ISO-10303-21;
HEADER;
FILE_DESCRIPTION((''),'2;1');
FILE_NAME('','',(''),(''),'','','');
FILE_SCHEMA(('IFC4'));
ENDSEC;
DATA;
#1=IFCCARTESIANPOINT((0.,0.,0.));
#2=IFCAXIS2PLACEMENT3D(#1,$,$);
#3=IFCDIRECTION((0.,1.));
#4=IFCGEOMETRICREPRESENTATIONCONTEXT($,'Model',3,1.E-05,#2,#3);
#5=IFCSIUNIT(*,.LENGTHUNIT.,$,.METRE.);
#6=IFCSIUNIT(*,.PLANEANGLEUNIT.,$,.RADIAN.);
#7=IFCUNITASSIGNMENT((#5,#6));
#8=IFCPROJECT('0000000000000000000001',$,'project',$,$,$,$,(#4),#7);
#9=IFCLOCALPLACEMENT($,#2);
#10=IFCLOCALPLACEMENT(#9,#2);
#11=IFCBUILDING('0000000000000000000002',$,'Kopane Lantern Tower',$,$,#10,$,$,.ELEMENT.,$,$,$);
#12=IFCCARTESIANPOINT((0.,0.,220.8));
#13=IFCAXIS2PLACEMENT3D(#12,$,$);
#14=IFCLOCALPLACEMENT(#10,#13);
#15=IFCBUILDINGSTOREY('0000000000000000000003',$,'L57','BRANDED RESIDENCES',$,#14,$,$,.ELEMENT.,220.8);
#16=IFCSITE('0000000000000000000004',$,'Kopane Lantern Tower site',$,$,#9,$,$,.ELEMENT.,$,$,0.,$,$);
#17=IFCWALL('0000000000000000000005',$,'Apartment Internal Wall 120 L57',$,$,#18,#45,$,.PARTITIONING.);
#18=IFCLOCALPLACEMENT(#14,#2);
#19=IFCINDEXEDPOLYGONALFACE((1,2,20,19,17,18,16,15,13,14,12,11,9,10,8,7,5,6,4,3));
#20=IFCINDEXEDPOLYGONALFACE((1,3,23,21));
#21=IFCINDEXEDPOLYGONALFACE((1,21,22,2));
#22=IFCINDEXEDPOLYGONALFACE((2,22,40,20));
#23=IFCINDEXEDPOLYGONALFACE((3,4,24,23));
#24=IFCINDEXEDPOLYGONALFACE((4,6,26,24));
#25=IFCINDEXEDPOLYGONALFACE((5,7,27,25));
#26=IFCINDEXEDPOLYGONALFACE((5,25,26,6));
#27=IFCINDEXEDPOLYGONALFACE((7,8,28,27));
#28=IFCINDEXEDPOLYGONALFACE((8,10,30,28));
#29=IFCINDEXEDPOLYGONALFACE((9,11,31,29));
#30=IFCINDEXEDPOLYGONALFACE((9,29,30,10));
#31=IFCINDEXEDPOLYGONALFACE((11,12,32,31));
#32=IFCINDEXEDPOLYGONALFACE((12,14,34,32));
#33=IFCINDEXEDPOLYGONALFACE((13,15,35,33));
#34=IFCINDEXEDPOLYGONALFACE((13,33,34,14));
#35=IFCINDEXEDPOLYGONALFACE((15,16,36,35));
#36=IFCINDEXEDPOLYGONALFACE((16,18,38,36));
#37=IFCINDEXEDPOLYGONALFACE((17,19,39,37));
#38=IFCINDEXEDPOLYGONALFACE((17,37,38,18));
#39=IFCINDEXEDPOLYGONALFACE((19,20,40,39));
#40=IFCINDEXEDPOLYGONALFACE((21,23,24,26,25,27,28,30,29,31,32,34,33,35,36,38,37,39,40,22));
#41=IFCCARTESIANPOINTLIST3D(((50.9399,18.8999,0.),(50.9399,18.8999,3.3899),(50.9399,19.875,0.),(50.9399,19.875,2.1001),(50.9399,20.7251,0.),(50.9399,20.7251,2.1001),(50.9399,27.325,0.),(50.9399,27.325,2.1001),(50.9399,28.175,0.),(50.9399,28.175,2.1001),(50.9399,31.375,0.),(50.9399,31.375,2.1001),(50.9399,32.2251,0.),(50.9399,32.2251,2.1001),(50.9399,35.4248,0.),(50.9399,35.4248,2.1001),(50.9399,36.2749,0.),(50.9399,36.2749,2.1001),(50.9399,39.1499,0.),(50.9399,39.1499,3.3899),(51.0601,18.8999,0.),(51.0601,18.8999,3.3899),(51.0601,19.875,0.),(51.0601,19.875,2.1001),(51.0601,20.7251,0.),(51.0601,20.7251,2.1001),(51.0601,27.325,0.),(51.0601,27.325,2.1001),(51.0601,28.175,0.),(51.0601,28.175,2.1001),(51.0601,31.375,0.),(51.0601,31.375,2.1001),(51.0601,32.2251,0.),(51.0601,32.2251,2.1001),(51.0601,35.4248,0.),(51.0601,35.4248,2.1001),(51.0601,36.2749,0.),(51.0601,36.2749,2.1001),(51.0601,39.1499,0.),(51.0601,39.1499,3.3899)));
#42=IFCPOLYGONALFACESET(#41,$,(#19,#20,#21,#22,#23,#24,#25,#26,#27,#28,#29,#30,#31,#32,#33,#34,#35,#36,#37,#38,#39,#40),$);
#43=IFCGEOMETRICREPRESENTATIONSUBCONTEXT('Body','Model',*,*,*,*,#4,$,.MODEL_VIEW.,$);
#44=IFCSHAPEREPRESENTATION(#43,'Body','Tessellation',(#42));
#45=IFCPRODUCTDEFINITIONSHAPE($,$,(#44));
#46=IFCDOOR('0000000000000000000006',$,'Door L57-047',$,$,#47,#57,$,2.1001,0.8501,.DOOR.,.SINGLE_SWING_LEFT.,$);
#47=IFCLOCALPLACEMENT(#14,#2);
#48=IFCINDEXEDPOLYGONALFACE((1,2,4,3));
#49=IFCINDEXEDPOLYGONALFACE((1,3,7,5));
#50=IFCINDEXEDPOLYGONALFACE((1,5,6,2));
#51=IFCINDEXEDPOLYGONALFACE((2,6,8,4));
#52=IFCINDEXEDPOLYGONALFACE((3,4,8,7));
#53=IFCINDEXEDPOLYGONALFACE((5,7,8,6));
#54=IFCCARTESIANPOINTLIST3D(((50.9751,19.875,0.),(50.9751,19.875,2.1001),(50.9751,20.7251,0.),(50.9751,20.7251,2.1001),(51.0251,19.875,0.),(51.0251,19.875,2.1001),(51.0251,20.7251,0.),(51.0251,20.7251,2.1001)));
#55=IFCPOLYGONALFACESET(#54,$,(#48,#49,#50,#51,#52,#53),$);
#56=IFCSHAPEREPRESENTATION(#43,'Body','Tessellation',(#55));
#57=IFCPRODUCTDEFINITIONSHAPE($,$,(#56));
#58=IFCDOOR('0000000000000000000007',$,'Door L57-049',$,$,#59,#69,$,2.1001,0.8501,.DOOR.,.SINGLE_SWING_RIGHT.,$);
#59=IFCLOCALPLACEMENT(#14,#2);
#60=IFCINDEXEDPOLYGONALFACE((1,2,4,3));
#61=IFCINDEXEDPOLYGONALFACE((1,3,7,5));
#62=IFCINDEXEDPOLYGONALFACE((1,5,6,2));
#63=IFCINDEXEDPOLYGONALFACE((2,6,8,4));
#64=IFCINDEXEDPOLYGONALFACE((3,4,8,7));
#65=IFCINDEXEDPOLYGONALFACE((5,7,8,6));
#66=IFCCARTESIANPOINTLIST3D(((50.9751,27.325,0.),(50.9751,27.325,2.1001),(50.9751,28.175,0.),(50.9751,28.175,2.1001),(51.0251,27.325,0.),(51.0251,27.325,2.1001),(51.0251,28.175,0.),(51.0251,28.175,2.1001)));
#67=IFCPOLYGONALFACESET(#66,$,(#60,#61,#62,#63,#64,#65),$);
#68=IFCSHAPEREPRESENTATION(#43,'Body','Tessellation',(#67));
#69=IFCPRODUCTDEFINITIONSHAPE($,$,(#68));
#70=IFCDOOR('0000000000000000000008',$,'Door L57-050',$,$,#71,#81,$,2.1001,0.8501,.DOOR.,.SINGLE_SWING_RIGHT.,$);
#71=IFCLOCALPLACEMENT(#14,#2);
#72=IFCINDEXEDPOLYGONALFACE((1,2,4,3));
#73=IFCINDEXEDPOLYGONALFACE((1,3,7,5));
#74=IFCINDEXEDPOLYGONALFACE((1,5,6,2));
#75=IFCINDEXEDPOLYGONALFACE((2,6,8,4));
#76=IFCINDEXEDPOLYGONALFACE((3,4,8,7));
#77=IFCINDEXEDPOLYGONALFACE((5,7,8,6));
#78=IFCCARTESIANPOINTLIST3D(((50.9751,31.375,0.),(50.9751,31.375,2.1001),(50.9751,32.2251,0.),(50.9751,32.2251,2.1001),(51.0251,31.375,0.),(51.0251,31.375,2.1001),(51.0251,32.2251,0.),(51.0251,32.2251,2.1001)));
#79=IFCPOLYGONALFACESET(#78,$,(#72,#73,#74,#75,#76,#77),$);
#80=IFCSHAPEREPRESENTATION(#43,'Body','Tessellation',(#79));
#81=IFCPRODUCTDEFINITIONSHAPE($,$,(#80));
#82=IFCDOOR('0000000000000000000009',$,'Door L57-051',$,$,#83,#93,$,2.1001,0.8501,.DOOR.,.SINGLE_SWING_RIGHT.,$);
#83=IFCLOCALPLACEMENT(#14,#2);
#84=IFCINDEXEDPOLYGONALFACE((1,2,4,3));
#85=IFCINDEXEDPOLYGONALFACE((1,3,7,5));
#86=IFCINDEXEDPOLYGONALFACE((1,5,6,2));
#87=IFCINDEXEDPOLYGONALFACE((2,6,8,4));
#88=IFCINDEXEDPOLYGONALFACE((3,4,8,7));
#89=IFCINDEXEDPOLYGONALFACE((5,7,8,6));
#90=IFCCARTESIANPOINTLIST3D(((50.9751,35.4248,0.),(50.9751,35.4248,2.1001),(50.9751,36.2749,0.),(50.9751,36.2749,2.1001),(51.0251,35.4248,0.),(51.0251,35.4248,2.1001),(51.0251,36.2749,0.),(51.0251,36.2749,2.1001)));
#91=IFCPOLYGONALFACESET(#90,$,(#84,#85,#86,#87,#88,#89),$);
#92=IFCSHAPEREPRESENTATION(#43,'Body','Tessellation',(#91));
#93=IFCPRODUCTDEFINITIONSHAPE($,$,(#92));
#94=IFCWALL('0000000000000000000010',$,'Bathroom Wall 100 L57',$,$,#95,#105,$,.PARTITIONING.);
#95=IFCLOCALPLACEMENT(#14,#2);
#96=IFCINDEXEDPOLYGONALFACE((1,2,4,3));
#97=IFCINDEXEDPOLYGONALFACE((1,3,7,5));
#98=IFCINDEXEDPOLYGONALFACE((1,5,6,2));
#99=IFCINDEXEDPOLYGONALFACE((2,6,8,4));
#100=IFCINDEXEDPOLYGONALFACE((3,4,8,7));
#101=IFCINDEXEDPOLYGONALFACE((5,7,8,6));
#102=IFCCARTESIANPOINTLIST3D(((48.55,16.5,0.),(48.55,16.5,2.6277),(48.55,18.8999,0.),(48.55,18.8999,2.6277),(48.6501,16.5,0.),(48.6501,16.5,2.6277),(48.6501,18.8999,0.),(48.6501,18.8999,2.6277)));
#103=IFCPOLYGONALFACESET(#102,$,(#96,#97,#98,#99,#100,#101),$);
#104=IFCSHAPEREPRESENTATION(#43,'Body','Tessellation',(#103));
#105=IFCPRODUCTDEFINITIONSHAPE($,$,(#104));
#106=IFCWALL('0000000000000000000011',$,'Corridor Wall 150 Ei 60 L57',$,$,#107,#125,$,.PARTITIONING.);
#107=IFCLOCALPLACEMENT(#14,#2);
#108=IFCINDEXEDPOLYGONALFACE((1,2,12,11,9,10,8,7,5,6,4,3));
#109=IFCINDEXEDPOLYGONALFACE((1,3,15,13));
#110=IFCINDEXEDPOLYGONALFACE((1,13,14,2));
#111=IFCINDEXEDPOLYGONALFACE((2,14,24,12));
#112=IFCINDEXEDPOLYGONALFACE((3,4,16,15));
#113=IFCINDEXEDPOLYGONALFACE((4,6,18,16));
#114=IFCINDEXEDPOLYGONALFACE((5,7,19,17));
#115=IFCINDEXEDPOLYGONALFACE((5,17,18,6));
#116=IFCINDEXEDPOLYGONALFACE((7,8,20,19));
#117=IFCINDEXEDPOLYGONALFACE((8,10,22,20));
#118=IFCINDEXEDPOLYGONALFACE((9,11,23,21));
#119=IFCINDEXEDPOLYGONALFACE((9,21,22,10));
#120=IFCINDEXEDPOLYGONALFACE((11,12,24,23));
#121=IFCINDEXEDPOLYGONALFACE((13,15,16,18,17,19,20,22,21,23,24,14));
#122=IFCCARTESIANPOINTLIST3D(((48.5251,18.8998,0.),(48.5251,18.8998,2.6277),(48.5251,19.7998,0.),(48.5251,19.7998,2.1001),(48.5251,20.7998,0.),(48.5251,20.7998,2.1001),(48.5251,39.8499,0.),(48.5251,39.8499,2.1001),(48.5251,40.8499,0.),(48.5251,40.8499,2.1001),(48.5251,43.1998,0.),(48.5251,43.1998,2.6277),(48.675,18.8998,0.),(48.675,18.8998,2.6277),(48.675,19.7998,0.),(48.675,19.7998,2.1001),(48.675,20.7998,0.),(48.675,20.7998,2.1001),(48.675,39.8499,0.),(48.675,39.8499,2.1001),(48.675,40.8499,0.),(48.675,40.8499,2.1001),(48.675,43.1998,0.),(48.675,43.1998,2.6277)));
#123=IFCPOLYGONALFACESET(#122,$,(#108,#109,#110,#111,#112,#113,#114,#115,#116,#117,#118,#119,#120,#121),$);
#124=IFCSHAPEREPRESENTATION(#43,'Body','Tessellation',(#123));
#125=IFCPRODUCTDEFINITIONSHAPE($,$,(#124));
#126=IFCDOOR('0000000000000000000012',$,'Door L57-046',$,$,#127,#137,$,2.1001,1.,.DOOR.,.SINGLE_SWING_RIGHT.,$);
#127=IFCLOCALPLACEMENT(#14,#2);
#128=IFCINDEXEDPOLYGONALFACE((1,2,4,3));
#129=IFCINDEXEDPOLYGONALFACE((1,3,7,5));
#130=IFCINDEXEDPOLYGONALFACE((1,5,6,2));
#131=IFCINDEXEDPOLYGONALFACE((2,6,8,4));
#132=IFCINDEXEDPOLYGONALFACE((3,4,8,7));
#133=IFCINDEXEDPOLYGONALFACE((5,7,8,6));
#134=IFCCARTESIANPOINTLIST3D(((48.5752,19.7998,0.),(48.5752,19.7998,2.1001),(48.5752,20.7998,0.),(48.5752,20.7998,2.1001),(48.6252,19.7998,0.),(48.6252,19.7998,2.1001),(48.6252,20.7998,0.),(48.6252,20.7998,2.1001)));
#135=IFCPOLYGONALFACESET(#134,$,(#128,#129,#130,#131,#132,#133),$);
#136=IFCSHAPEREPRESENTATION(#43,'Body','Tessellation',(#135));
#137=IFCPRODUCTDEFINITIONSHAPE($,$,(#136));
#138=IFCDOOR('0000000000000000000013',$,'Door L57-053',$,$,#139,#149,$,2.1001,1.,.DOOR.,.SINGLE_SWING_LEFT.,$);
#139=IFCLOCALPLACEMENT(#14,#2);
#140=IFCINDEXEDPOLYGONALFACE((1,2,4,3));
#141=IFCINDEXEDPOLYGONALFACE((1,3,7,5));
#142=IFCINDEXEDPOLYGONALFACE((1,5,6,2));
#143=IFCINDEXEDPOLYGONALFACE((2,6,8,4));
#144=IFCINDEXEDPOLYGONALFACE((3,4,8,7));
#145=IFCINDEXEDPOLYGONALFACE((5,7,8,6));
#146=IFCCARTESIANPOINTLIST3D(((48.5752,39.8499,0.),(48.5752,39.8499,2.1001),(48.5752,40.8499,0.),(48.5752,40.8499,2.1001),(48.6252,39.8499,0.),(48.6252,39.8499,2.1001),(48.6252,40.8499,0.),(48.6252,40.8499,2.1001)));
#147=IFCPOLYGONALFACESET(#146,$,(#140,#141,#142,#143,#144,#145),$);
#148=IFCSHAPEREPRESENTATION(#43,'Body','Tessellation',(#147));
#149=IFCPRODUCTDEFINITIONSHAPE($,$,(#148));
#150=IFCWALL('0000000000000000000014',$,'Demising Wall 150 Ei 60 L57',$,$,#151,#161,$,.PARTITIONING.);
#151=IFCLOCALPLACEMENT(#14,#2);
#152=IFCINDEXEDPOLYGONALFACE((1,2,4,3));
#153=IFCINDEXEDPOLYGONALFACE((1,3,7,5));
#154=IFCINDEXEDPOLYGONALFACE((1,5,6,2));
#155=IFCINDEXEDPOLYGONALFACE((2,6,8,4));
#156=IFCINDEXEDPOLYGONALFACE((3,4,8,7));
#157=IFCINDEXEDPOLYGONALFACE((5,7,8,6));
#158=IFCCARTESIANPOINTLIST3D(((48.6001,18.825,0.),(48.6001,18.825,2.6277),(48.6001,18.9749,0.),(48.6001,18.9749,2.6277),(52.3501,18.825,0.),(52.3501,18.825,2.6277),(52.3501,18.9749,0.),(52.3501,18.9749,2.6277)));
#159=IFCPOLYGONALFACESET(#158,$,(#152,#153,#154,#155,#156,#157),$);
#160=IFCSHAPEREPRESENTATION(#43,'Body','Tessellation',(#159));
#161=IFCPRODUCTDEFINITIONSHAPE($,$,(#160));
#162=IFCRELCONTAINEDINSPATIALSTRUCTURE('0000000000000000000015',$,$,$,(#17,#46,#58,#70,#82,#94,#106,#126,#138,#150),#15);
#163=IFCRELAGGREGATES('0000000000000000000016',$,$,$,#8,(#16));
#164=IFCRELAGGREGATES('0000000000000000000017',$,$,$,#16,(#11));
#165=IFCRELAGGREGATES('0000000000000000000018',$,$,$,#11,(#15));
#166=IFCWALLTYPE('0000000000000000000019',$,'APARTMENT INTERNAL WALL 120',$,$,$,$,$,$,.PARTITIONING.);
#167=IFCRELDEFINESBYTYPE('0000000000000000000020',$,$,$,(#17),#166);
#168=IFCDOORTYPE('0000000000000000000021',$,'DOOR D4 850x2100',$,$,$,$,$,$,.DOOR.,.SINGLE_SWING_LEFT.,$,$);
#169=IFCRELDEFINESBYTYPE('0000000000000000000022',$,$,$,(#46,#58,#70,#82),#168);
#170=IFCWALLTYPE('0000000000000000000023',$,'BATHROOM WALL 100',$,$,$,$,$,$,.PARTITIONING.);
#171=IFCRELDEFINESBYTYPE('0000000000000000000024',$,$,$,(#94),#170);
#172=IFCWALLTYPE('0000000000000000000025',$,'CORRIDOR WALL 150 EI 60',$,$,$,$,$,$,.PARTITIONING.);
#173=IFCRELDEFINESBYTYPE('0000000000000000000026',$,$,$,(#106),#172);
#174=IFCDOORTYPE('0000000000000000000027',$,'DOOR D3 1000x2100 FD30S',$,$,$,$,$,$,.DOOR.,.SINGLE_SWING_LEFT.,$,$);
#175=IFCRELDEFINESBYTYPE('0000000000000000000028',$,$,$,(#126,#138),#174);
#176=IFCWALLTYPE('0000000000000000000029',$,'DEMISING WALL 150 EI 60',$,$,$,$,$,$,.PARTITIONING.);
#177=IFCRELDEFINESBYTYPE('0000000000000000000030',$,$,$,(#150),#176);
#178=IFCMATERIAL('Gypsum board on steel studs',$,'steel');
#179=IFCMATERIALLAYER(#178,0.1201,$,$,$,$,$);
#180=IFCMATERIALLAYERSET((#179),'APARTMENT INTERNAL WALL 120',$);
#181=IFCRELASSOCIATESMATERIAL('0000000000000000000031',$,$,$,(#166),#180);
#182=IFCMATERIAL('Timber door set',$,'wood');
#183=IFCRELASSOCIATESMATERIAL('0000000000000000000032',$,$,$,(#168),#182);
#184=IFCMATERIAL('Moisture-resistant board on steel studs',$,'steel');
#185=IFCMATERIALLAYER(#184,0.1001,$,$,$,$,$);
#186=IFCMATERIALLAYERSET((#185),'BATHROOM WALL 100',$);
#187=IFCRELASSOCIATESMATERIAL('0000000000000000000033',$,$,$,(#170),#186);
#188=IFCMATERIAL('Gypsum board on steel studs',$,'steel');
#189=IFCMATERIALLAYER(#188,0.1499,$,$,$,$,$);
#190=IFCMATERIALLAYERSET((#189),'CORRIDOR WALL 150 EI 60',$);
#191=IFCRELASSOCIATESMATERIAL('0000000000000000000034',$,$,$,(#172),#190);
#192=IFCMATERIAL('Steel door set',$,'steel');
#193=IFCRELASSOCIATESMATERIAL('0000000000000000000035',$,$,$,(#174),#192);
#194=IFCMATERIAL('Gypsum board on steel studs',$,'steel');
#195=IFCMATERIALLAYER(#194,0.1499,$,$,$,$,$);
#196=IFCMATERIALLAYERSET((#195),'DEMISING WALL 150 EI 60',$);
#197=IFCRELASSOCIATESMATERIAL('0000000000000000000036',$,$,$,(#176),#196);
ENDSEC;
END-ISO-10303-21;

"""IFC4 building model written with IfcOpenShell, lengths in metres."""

from ifc_helpers import new_model, si_unit, direction, frame, frame_2d, origin, place, context, subcontext, project, spatial, rectangle, extrude, material, layer, layer_set, type_object, element, fill, save


model = new_model("IFC4")

# Units and contexts
model_context = context("Model", 3, precision=1e-05, world=origin(), true_north=direction((0.0, 1.0)))
body_context = subcontext(model_context, "Body", "Model", "MODEL_VIEW")
ifc_project = project(units=[si_unit("LENGTHUNIT", "METRE"), si_unit("PLANEANGLEUNIT", "RADIAN")], contexts=[model_context])

# Site, building, storey
site_placement = place(None, origin())
site = spatial("IfcSite", under=ifc_project, at=site_placement, Name="Kopane Lantern Tower site", CompositionType="ELEMENT", RefElevation=0.0)
building_placement = place(site_placement, origin())
building = spatial("IfcBuilding", under=site, at=building_placement, Name="Kopane Lantern Tower", CompositionType="ELEMENT")
storey_placement = place(building_placement, frame((0.0, 0.0, 220.8)))
storey = spatial("IfcBuildingStorey", under=building, at=storey_placement, Name="L57", Description="BRANDED RESIDENCES", CompositionType="ELEMENT", Elevation=220.8)

# Wall, openings, doors
ifc_material_1 = material(Name="Gypsum board on steel studs", Category="steel")
ifc_layer_1 = layer(ifc_material_1, 0.1201)
ifc_layer_set_1 = layer_set([ifc_layer_1], Name="APARTMENT INTERNAL WALL 120")
wall_type_1 = type_object("IfcWallType", Name="APARTMENT INTERNAL WALL 120", PredefinedType="PARTITIONING", material=ifc_layer_set_1)
wall_1_placement = place(storey_placement, frame((51.0, 18.8999, 0.0), z_axis=(0.0, 0.0, 1.0), x_axis=(0.0, 1.0, 0.0)))
wall_1 = element("IfcWall", 1, at=wall_1_placement, inside=storey, type_object=wall_type_1, Name="Apartment Internal Wall 120 L57", PredefinedType="PARTITIONING", context=body_context, shape_type="SweptSolid", body=[
    extrude(rectangle(XDim=20.25, YDim=0.1201, at=frame_2d((10.125, 0.0))), origin(), (0.0, 0.0, 1.0), 3.3899),
])
opening_1_placement = place(wall_1_placement, frame((0.9751, 0.0, 0.0)))
opening_1 = element("IfcOpeningElement", 2, at=opening_1_placement, cuts=wall_1, PredefinedType="OPENING", context=body_context, shape_type="SweptSolid", body=[
    extrude(rectangle(XDim=0.8501, YDim=2.1001, at=frame_2d((0.425, 1.05))), frame((0.0, 0.0701, 0.0), z_axis=(0.0, -1.0, 0.0), x_axis=(1.0, 0.0, 0.0)), (0.0, 0.0, 1.0), 0.1401),
])
opening_2_placement = place(wall_1_placement, frame((8.425, 0.0, 0.0)))
opening_2 = element("IfcOpeningElement", 3, at=opening_2_placement, cuts=wall_1, PredefinedType="OPENING", context=body_context, shape_type="SweptSolid", body=[
    extrude(rectangle(XDim=0.8501, YDim=2.1001, at=frame_2d((0.425, 1.05))), frame((0.0, 0.0701, 0.0), z_axis=(0.0, -1.0, 0.0), x_axis=(1.0, 0.0, 0.0)), (0.0, 0.0, 1.0), 0.1401),
])
opening_3_placement = place(wall_1_placement, frame((12.4751, 0.0, 0.0)))
opening_3 = element("IfcOpeningElement", 4, at=opening_3_placement, cuts=wall_1, PredefinedType="OPENING", context=body_context, shape_type="SweptSolid", body=[
    extrude(rectangle(XDim=0.8501, YDim=2.1001, at=frame_2d((0.425, 1.05))), frame((0.0, 0.0701, 0.0), z_axis=(0.0, -1.0, 0.0), x_axis=(1.0, 0.0, 0.0)), (0.0, 0.0, 1.0), 0.1401),
])
opening_4_placement = place(wall_1_placement, frame((16.5249, 0.0, 0.0)))
opening_4 = element("IfcOpeningElement", 5, at=opening_4_placement, cuts=wall_1, PredefinedType="OPENING", context=body_context, shape_type="SweptSolid", body=[
    extrude(rectangle(XDim=0.8501, YDim=2.1001, at=frame_2d((0.425, 1.05))), frame((0.0, 0.0701, 0.0), z_axis=(0.0, -1.0, 0.0), x_axis=(1.0, 0.0, 0.0)), (0.0, 0.0, 1.0), 0.1401),
])
ifc_material_2 = material(Name="Timber door set", Category="wood")
door_type_1 = type_object("IfcDoorType", Name="DOOR D4 850x2100", OperationType="SINGLE_SWING_LEFT", PredefinedType="DOOR", material=ifc_material_2)
door_1_placement = place(opening_1_placement, origin())
door_1 = element("IfcDoor", 6, at=door_1_placement, inside=storey, type_object=door_type_1, Name="Door L57-047", OperationType="SINGLE_SWING_LEFT", OverallHeight=2.1001, OverallWidth=0.8501, PredefinedType="DOOR", context=body_context, shape_type="SweptSolid", body=[
    extrude(rectangle(XDim=0.8501, YDim=2.1001, at=frame_2d((0.425, 1.05))), frame((0.0, 0.0249, 0.0), z_axis=(0.0, -1.0, 0.0), x_axis=(1.0, 0.0, 0.0)), (0.0, 0.0, 1.0), 0.05),
])
fill(opening_1, door_1)
door_2_placement = place(opening_2_placement, origin())
door_2 = element("IfcDoor", 7, at=door_2_placement, inside=storey, type_object=door_type_1, Name="Door L57-049", OperationType="SINGLE_SWING_RIGHT", OverallHeight=2.1001, OverallWidth=0.8501, PredefinedType="DOOR", context=body_context, shape_type="SweptSolid", body=[
    extrude(rectangle(XDim=0.8501, YDim=2.1001, at=frame_2d((0.425, 1.05))), frame((0.0, 0.0249, 0.0), z_axis=(0.0, -1.0, 0.0), x_axis=(1.0, 0.0, 0.0)), (0.0, 0.0, 1.0), 0.05),
])
fill(opening_2, door_2)
door_3_placement = place(opening_3_placement, origin())
door_3 = element("IfcDoor", 8, at=door_3_placement, inside=storey, type_object=door_type_1, Name="Door L57-050", OperationType="SINGLE_SWING_RIGHT", OverallHeight=2.1001, OverallWidth=0.8501, PredefinedType="DOOR", context=body_context, shape_type="SweptSolid", body=[
    extrude(rectangle(XDim=0.8501, YDim=2.1001, at=frame_2d((0.425, 1.05))), frame((0.0, 0.0249, 0.0), z_axis=(0.0, -1.0, 0.0), x_axis=(1.0, 0.0, 0.0)), (0.0, 0.0, 1.0), 0.05),
])
fill(opening_3, door_3)
door_4_placement = place(opening_4_placement, origin())
door_4 = element("IfcDoor", 9, at=door_4_placement, inside=storey, type_object=door_type_1, Name="Door L57-051", OperationType="SINGLE_SWING_RIGHT", OverallHeight=2.1001, OverallWidth=0.8501, PredefinedType="DOOR", context=body_context, shape_type="SweptSolid", body=[
    extrude(rectangle(XDim=0.8501, YDim=2.1001, at=frame_2d((0.425, 1.05))), frame((0.0, 0.0249, 0.0), z_axis=(0.0, -1.0, 0.0), x_axis=(1.0, 0.0, 0.0)), (0.0, 0.0, 1.0), 0.05),
])
fill(opening_4, door_4)

# Wall
ifc_material_3 = material(Name="Moisture-resistant board on steel studs", Category="steel")
ifc_layer_2 = layer(ifc_material_3, 0.1001)
ifc_layer_set_2 = layer_set([ifc_layer_2], Name="BATHROOM WALL 100")
wall_type_2 = type_object("IfcWallType", Name="BATHROOM WALL 100", PredefinedType="PARTITIONING", material=ifc_layer_set_2)
wall_2_placement = place(storey_placement, frame((48.6001, 18.8999, 0.0), z_axis=(0.0, 0.0, 1.0), x_axis=(0.0, -1.0, 0.0)))
element("IfcWall", 10, at=wall_2_placement, inside=storey, type_object=wall_type_2, Name="Bathroom Wall 100 L57", PredefinedType="PARTITIONING", context=body_context, shape_type="SweptSolid", body=[
    extrude(rectangle(XDim=2.3999, YDim=0.1001, at=frame_2d((1.2, 0.0))), origin(), (0.0, 0.0, 1.0), 2.6277),
])

# Wall, openings, doors
ifc_material_4 = material(Name="Gypsum board on steel studs", Category="steel")
ifc_layer_3 = layer(ifc_material_4, 0.1499)
ifc_layer_set_3 = layer_set([ifc_layer_3], Name="CORRIDOR WALL 150 EI 60")
wall_type_3 = type_object("IfcWallType", Name="CORRIDOR WALL 150 EI 60", PredefinedType="PARTITIONING", material=ifc_layer_set_3)
wall_3_placement = place(storey_placement, frame((48.6001, 18.8999, 0.0), z_axis=(0.0, 0.0, 1.0), x_axis=(0.0, 1.0, 0.0)))
wall_3 = element("IfcWall", 11, at=wall_3_placement, inside=storey, type_object=wall_type_3, Name="Corridor Wall 150 Ei 60 L57", PredefinedType="PARTITIONING", context=body_context, shape_type="SweptSolid", body=[
    extrude(rectangle(XDim=24.3, YDim=0.1499, at=frame_2d((12.1499, 0.0))), origin(), (0.0, 0.0, 1.0), 2.6277),
])
opening_5_placement = place(wall_3_placement, frame((0.8999, 0.0, 0.0)))
opening_5 = element("IfcOpeningElement", 12, at=opening_5_placement, cuts=wall_3, PredefinedType="OPENING", context=body_context, shape_type="SweptSolid", body=[
    extrude(rectangle(XDim=1.0, YDim=2.1001, at=frame_2d((0.5, 1.05))), frame((0.0, 0.085, 0.0), z_axis=(0.0, -1.0, 0.0), x_axis=(1.0, 0.0, 0.0)), (0.0, 0.0, 1.0), 0.1699),
])
opening_6_placement = place(wall_3_placement, frame((20.95, 0.0, 0.0)))
opening_6 = element("IfcOpeningElement", 13, at=opening_6_placement, cuts=wall_3, PredefinedType="OPENING", context=body_context, shape_type="SweptSolid", body=[
    extrude(rectangle(XDim=1.0, YDim=2.1001, at=frame_2d((0.5, 1.05))), frame((0.0, 0.085, 0.0), z_axis=(0.0, -1.0, 0.0), x_axis=(1.0, 0.0, 0.0)), (0.0, 0.0, 1.0), 0.1699),
])
ifc_material_5 = material(Name="Steel door set", Category="steel")
door_type_2 = type_object("IfcDoorType", Name="DOOR D3 1000x2100 FD30S", OperationType="SINGLE_SWING_LEFT", PredefinedType="DOOR", material=ifc_material_5)
door_5_placement = place(opening_5_placement, origin())
door_5 = element("IfcDoor", 14, at=door_5_placement, inside=storey, type_object=door_type_2, Name="Door L57-046", OperationType="SINGLE_SWING_RIGHT", OverallHeight=2.1001, OverallWidth=1.0, PredefinedType="DOOR", context=body_context, shape_type="SweptSolid", body=[
    extrude(rectangle(XDim=1.0, YDim=2.1001, at=frame_2d((0.5, 1.05))), frame((0.0, 0.0249, 0.0), z_axis=(0.0, -1.0, 0.0), x_axis=(1.0, 0.0, 0.0)), (0.0, 0.0, 1.0), 0.05),
])
fill(opening_5, door_5)
door_6_placement = place(opening_6_placement, origin())
door_6 = element("IfcDoor", 15, at=door_6_placement, inside=storey, type_object=door_type_2, Name="Door L57-053", OperationType="SINGLE_SWING_LEFT", OverallHeight=2.1001, OverallWidth=1.0, PredefinedType="DOOR", context=body_context, shape_type="SweptSolid", body=[
    extrude(rectangle(XDim=1.0, YDim=2.1001, at=frame_2d((0.5, 1.05))), frame((0.0, 0.0249, 0.0), z_axis=(0.0, -1.0, 0.0), x_axis=(1.0, 0.0, 0.0)), (0.0, 0.0, 1.0), 0.05),
])
fill(opening_6, door_6)

# Wall
ifc_material_6 = material(Name="Gypsum board on steel studs", Category="steel")
ifc_layer_4 = layer(ifc_material_6, 0.1499)
ifc_layer_set_4 = layer_set([ifc_layer_4], Name="DEMISING WALL 150 EI 60")
wall_type_4 = type_object("IfcWallType", Name="DEMISING WALL 150 EI 60", PredefinedType="PARTITIONING", material=ifc_layer_set_4)
wall_4_placement = place(storey_placement, frame((48.6001, 18.8999, 0.0), z_axis=(0.0, 0.0, 1.0), x_axis=(1.0, 0.0, 0.0)))
element("IfcWall", 16, at=wall_4_placement, inside=storey, type_object=wall_type_4, Name="Demising Wall 150 Ei 60 L57", PredefinedType="PARTITIONING", context=body_context, shape_type="SweptSolid", body=[
    extrude(rectangle(XDim=3.75, YDim=0.1499, at=frame_2d((1.875, 0.0))), origin(), (0.0, 0.0, 1.0), 2.6277),
])

save(model, "model.ifc")
